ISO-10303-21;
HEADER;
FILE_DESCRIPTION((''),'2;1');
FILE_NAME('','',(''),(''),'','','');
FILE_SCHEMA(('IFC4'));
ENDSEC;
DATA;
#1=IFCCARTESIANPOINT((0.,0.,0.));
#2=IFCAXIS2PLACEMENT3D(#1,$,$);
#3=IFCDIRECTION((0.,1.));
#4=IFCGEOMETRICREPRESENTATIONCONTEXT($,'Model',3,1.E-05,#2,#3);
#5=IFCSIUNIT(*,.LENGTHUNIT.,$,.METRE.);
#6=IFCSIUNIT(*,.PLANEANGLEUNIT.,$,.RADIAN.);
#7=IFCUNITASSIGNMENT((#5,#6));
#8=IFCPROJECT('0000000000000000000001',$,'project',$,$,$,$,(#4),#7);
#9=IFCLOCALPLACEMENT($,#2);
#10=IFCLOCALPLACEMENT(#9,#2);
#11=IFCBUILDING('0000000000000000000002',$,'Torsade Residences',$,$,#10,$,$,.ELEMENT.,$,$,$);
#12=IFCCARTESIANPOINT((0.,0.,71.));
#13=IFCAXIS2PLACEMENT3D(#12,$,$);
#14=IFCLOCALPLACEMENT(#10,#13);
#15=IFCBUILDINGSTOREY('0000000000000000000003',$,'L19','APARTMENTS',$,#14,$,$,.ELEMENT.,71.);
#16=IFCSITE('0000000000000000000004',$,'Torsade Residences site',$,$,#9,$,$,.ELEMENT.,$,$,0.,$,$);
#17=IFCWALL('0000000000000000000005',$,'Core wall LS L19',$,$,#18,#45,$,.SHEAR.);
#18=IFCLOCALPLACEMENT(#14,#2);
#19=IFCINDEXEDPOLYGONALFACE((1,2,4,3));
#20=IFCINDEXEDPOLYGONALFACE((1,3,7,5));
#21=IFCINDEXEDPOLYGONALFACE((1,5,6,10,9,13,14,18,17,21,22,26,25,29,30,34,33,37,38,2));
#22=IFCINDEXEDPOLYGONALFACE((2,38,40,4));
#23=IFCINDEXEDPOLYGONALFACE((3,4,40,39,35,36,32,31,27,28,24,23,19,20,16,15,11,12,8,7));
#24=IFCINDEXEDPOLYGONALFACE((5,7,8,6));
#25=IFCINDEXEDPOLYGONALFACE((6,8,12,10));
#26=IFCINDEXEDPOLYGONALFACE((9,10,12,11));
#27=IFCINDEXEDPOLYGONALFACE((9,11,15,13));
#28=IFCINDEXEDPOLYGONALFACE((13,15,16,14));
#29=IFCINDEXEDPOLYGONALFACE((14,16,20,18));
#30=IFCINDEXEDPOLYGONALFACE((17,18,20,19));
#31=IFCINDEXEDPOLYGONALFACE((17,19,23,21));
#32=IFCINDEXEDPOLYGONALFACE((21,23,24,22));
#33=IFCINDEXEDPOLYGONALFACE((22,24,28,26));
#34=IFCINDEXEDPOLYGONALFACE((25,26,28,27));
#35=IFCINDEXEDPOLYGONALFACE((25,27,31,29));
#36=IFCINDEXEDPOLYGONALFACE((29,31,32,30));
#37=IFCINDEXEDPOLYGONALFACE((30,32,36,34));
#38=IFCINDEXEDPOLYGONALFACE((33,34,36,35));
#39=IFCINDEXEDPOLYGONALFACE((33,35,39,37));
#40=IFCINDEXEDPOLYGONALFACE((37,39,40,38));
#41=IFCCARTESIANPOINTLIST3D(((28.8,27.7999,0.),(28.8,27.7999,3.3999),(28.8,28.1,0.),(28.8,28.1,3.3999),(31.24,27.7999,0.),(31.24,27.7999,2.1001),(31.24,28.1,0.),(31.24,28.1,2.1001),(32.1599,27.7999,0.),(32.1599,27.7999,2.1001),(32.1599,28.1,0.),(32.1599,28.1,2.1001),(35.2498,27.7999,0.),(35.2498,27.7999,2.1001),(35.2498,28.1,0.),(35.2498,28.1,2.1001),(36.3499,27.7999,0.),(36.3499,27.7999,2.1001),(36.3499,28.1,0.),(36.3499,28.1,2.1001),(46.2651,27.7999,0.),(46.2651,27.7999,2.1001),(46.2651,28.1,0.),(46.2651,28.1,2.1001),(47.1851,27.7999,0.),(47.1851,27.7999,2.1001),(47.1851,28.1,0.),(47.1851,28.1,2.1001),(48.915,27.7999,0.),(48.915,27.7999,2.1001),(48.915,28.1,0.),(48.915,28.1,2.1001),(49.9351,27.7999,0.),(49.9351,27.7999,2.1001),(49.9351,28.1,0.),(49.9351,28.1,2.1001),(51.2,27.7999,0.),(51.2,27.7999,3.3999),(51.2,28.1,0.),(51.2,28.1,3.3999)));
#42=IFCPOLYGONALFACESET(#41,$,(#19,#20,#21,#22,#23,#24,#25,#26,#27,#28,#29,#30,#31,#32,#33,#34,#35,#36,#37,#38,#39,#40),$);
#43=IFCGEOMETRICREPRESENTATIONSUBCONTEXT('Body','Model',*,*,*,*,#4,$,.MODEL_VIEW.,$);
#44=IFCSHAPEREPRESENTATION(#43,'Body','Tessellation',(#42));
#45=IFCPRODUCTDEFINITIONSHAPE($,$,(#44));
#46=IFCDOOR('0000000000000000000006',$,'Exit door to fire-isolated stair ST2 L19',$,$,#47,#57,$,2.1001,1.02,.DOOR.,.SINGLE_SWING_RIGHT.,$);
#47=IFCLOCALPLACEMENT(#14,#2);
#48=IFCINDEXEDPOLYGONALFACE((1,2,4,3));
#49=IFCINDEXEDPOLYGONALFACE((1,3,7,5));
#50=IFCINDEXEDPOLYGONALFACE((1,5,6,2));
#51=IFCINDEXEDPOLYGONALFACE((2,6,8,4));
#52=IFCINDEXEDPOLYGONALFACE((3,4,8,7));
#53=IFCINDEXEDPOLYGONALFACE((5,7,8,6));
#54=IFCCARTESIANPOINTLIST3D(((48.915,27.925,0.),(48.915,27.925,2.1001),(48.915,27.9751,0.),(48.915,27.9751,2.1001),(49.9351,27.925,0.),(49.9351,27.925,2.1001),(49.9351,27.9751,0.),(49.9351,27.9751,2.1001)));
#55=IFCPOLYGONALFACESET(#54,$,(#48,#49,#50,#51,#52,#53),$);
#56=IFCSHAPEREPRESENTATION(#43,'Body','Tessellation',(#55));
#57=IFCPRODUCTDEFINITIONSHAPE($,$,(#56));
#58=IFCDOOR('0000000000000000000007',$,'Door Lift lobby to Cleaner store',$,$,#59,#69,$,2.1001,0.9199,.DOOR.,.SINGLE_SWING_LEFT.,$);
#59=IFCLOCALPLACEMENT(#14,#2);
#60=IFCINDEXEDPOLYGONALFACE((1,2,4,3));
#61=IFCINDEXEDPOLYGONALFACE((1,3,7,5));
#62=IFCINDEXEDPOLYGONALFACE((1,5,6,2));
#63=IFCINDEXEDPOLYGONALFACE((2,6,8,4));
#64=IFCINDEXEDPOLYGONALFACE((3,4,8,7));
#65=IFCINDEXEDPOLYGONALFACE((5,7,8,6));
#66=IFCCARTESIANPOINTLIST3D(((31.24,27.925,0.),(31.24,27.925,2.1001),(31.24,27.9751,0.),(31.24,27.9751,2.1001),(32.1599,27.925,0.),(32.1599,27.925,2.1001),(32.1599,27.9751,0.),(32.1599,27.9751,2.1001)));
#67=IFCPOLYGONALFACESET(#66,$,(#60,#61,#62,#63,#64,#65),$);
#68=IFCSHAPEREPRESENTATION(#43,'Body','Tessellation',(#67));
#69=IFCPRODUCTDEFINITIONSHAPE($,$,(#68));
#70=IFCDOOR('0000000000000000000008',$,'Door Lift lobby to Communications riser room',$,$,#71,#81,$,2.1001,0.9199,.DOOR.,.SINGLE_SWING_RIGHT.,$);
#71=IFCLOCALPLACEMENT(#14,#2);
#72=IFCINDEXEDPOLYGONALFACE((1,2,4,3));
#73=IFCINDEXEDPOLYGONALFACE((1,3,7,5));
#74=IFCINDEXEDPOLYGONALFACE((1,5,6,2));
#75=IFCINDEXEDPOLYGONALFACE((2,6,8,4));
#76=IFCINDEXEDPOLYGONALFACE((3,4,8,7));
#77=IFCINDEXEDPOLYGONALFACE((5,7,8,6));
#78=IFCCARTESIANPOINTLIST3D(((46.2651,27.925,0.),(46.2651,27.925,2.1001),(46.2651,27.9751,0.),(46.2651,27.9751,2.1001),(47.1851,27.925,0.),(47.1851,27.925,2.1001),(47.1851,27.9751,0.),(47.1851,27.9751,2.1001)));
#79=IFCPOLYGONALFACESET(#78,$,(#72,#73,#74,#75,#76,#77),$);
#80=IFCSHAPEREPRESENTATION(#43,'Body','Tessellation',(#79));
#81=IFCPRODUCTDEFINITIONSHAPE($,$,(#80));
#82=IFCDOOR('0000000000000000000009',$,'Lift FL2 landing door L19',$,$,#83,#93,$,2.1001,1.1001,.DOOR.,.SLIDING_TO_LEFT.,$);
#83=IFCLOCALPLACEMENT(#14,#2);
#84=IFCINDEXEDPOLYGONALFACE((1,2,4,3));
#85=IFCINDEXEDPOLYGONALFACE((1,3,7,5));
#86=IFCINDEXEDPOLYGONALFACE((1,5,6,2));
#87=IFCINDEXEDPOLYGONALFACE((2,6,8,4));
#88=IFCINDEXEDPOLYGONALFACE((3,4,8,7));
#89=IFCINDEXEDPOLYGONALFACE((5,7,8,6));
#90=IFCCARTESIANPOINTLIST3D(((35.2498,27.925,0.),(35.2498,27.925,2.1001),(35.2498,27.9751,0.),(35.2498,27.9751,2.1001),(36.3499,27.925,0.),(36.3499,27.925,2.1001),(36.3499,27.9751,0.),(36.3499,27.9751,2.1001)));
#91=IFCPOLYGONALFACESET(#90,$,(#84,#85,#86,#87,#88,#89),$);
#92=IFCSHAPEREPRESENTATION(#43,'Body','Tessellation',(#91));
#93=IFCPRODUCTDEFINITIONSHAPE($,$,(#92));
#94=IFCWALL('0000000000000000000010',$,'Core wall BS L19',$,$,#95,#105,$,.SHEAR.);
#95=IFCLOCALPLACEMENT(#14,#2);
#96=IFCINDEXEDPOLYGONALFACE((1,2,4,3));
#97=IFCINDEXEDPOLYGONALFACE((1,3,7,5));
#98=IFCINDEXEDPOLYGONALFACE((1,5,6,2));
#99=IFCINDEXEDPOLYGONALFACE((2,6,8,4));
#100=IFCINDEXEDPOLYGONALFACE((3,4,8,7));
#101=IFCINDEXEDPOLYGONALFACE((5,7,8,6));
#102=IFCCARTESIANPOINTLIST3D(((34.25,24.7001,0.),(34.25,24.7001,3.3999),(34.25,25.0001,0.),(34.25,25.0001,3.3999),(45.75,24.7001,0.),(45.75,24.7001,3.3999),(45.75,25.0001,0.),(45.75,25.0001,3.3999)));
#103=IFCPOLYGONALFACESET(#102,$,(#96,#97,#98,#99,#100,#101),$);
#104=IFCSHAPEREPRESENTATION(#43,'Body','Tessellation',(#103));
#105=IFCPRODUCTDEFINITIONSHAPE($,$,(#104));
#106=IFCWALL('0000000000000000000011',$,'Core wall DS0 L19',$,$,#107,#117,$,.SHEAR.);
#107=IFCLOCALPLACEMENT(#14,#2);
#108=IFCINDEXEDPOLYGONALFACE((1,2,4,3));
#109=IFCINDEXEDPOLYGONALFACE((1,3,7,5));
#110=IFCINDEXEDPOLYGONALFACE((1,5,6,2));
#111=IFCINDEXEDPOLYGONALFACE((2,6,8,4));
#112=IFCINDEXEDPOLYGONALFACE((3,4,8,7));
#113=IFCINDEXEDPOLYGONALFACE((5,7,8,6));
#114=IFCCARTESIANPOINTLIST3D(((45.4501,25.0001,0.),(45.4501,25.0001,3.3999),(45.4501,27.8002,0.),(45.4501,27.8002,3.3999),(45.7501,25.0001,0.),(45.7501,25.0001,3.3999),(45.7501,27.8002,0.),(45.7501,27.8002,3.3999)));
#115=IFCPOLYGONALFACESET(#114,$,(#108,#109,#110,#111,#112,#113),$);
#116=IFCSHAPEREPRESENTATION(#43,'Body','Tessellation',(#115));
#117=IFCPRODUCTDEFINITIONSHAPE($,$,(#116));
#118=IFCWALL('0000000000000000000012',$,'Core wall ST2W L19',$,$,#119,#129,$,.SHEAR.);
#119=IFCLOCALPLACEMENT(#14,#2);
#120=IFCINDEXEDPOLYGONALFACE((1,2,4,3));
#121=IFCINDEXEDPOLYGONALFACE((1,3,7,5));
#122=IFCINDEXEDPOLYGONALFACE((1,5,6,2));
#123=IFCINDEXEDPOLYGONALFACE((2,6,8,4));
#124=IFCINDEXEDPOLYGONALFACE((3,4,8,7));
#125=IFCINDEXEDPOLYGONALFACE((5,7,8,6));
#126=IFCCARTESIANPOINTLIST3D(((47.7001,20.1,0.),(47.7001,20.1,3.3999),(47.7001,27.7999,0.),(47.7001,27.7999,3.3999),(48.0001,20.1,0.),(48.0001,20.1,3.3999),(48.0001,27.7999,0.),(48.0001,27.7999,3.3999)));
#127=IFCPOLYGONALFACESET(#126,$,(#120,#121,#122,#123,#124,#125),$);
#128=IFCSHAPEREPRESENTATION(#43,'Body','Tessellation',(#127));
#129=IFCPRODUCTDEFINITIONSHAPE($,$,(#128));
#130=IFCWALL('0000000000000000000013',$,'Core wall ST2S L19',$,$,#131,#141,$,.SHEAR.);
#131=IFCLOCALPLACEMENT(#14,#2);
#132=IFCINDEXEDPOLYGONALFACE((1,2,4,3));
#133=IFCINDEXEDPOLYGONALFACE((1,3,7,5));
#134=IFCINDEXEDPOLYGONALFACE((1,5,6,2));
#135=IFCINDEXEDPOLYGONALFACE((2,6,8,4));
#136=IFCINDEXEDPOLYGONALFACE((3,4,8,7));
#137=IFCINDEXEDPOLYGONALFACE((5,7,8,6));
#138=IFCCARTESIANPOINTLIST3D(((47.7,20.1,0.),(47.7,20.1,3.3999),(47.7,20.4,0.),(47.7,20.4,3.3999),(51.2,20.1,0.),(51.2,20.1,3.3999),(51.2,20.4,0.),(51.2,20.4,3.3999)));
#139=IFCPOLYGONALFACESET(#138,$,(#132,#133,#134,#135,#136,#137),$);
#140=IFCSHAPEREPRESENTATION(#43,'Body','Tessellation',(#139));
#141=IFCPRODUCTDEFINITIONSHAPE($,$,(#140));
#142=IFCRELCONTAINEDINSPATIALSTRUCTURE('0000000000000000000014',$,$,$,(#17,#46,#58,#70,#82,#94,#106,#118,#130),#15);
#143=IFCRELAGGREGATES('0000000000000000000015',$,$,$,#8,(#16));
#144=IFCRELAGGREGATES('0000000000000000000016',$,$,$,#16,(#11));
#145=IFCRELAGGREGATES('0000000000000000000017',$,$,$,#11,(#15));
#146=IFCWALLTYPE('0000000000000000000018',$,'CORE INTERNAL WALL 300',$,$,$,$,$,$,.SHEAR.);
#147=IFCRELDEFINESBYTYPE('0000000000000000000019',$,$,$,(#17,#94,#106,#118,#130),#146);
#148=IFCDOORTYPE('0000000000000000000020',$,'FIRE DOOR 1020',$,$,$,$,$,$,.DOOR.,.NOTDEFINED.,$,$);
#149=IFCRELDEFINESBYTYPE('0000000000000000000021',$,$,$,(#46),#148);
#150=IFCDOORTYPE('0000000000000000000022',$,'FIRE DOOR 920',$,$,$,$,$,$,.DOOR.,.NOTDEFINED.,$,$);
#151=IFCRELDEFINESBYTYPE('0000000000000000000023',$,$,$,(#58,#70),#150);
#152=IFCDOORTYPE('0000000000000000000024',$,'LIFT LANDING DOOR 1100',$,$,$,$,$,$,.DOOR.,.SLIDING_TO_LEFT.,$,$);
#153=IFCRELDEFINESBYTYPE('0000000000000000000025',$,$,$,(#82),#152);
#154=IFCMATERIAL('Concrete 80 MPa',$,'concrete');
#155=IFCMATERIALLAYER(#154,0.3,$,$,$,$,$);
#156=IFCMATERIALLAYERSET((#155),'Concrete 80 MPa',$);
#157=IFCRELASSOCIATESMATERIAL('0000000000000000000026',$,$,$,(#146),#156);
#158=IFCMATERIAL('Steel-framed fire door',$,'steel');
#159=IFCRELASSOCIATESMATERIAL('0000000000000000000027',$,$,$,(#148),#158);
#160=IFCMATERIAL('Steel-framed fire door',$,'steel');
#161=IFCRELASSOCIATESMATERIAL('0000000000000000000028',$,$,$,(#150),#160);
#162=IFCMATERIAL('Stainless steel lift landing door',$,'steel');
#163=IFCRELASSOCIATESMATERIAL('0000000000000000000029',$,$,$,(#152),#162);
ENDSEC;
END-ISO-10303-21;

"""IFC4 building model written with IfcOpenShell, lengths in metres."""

from ifc_helpers import new_model, si_unit, direction, frame, frame_2d, origin, place, context, subcontext, project, spatial, rectangle, extrude, material, layer, layer_set, type_object, element, fill, save


model = new_model("IFC4")

# Units and contexts
model_context = context("Model", 3, precision=1e-05, world=origin(), true_north=direction((0.0, 1.0)))
body_context = subcontext(model_context, "Body", "Model", "MODEL_VIEW")
ifc_project = project(units=[si_unit("LENGTHUNIT", "METRE"), si_unit("PLANEANGLEUNIT", "RADIAN")], contexts=[model_context])

# Site, building, storey
site_placement = place(None, origin())
site = spatial("IfcSite", under=ifc_project, at=site_placement, Name="Torsade Residences site", CompositionType="ELEMENT", RefElevation=0.0)
building_placement = place(site_placement, origin())
building = spatial("IfcBuilding", under=site, at=building_placement, Name="Torsade Residences", CompositionType="ELEMENT")
storey_placement = place(building_placement, frame((0.0, 0.0, 71.0)))
storey = spatial("IfcBuildingStorey", under=building, at=storey_placement, Name="L19", Description="APARTMENTS", CompositionType="ELEMENT", Elevation=71.0)

# Wall, openings, doors
ifc_material_1 = material(Name="Concrete 80 MPa", Category="concrete")
ifc_layer_1 = layer(ifc_material_1, 0.3)
ifc_layer_set_1 = layer_set([ifc_layer_1], Name="Concrete 80 MPa")
wall_type_1 = type_object("IfcWallType", Name="CORE INTERNAL WALL 300", PredefinedType="SHEAR", material=ifc_layer_set_1)
wall_1_placement = place(storey_placement, frame((51.2, 27.95, 0.0), z_axis=(0.0, 0.0, 1.0), x_axis=(-1.0, 0.0, 0.0)))
wall_1 = element("IfcWall", 1, at=wall_1_placement, inside=storey, type_object=wall_type_1, Name="Core wall LS L19", PredefinedType="SHEAR", context=body_context, shape_type="SweptSolid", body=[
    extrude(rectangle(XDim=22.3999, YDim=0.3, at=frame_2d((11.2, 0.0))), origin(), (0.0, 0.0, 1.0), 3.3999),
])
opening_1_placement = place(wall_1_placement, frame((19.04, 0.0, 0.0)))
opening_1 = element("IfcOpeningElement", 2, at=opening_1_placement, cuts=wall_1, PredefinedType="OPENING", context=body_context, shape_type="SweptSolid", body=[
    extrude(rectangle(XDim=0.9199, YDim=2.1001, at=frame_2d((0.46, 1.05))), frame((0.0, 0.1599, 0.0), z_axis=(0.0, -1.0, 0.0), x_axis=(1.0, 0.0, 0.0)), (0.0, 0.0, 1.0), 0.3201),
])
opening_2_placement = place(wall_1_placement, frame((1.2649, 0.0, 0.0)))
opening_2 = element("IfcOpeningElement", 3, at=opening_2_placement, cuts=wall_1, PredefinedType="OPENING", context=body_context, shape_type="SweptSolid", body=[
    extrude(rectangle(XDim=1.02, YDim=2.1001, at=frame_2d((0.51, 1.05))), frame((0.0, 0.1599, 0.0), z_axis=(0.0, -1.0, 0.0), x_axis=(1.0, 0.0, 0.0)), (0.0, 0.0, 1.0), 0.3201),
])
opening_3_placement = place(wall_1_placement, frame((4.0149, 0.0, 0.0)))
opening_3 = element("IfcOpeningElement", 4, at=opening_3_placement, cuts=wall_1, PredefinedType="OPENING", context=body_context, shape_type="SweptSolid", body=[
    extrude(rectangle(XDim=0.9199, YDim=2.1001, at=frame_2d((0.46, 1.05))), frame((0.0, 0.1599, 0.0), z_axis=(0.0, -1.0, 0.0), x_axis=(1.0, 0.0, 0.0)), (0.0, 0.0, 1.0), 0.3201),
])
opening_4_placement = place(wall_1_placement, frame((14.8501, 0.0, 0.0)))
opening_4 = element("IfcOpeningElement", 5, at=opening_4_placement, cuts=wall_1, PredefinedType="OPENING", context=body_context, shape_type="SweptSolid", body=[
    extrude(rectangle(XDim=1.1001, YDim=2.1001, at=frame_2d((0.55, 1.05))), frame((0.0, 0.1599, 0.0), z_axis=(0.0, -1.0, 0.0), x_axis=(1.0, 0.0, 0.0)), (0.0, 0.0, 1.0), 0.3201),
])
ifc_material_2 = material(Name="Steel-framed fire door", Category="steel")
door_type_1 = type_object("IfcDoorType", Name="FIRE DOOR 1020", OperationType="NOTDEFINED", PredefinedType="DOOR", material=ifc_material_2)
door_1_placement = place(opening_2_placement, origin())
door_1 = element("IfcDoor", 6, at=door_1_placement, inside=storey, type_object=door_type_1, Name="Exit door to fire-isolated stair ST2 L19", OperationType="SINGLE_SWING_RIGHT", OverallHeight=2.1001, OverallWidth=1.02, PredefinedType="DOOR", context=body_context, shape_type="SweptSolid", body=[
    extrude(rectangle(XDim=1.02, YDim=2.1001, at=frame_2d((0.51, 1.05))), frame((0.0, 0.0249, 0.0), z_axis=(0.0, -1.0, 0.0), x_axis=(1.0, 0.0, 0.0)), (0.0, 0.0, 1.0), 0.05),
])
fill(opening_2, door_1)
ifc_material_3 = material(Name="Steel-framed fire door", Category="steel")
door_type_2 = type_object("IfcDoorType", Name="FIRE DOOR 920", OperationType="NOTDEFINED", PredefinedType="DOOR", material=ifc_material_3)
door_2_placement = place(opening_1_placement, origin())
door_2 = element("IfcDoor", 7, at=door_2_placement, inside=storey, type_object=door_type_2, Name="Door Lift lobby to Cleaner store", OperationType="SINGLE_SWING_LEFT", OverallHeight=2.1001, OverallWidth=0.9199, PredefinedType="DOOR", context=body_context, shape_type="SweptSolid", body=[
    extrude(rectangle(XDim=0.9199, YDim=2.1001, at=frame_2d((0.46, 1.05))), frame((0.0, 0.0249, 0.0), z_axis=(0.0, -1.0, 0.0), x_axis=(1.0, 0.0, 0.0)), (0.0, 0.0, 1.0), 0.05),
])
fill(opening_1, door_2)
door_3_placement = place(opening_3_placement, origin())
door_3 = element("IfcDoor", 8, at=door_3_placement, inside=storey, type_object=door_type_2, Name="Door Lift lobby to Communications riser room", OperationType="SINGLE_SWING_RIGHT", OverallHeight=2.1001, OverallWidth=0.9199, PredefinedType="DOOR", context=body_context, shape_type="SweptSolid", body=[
    extrude(rectangle(XDim=0.9199, YDim=2.1001, at=frame_2d((0.46, 1.05))), frame((0.0, 0.0249, 0.0), z_axis=(0.0, -1.0, 0.0), x_axis=(1.0, 0.0, 0.0)), (0.0, 0.0, 1.0), 0.05),
])
fill(opening_3, door_3)
ifc_material_4 = material(Name="Stainless steel lift landing door", Category="steel")
door_type_3 = type_object("IfcDoorType", Name="LIFT LANDING DOOR 1100", OperationType="SLIDING_TO_LEFT", PredefinedType="DOOR", material=ifc_material_4)
door_4_placement = place(opening_4_placement, origin())
door_4 = element("IfcDoor", 9, at=door_4_placement, inside=storey, type_object=door_type_3, Name="Lift FL2 landing door L19", OperationType="SLIDING_TO_LEFT", OverallHeight=2.1001, OverallWidth=1.1001, PredefinedType="DOOR", context=body_context, shape_type="SweptSolid", body=[
    extrude(rectangle(XDim=1.1001, YDim=2.1001, at=frame_2d((0.55, 1.05))), frame((0.0, 0.0249, 0.0), z_axis=(0.0, -1.0, 0.0), x_axis=(1.0, 0.0, 0.0)), (0.0, 0.0, 1.0), 0.05),
])
fill(opening_4, door_4)

# Walls
wall_2_placement = place(storey_placement, frame((45.75, 24.8501, 0.0), z_axis=(0.0, 0.0, 1.0), x_axis=(-1.0, 0.0, 0.0)))
element("IfcWall", 10, at=wall_2_placement, inside=storey, type_object=wall_type_1, Name="Core wall BS L19", PredefinedType="SHEAR", context=body_context, shape_type="SweptSolid", body=[
    extrude(rectangle(XDim=11.5, YDim=0.3, at=frame_2d((5.75, 0.0))), origin(), (0.0, 0.0, 1.0), 3.3999),
])
wall_3_placement = place(storey_placement, frame((45.6001, 27.8, 0.0), z_axis=(0.0, 0.0, 1.0), x_axis=(0.0, -1.0, 0.0)))
element("IfcWall", 11, at=wall_3_placement, inside=storey, type_object=wall_type_1, Name="Core wall DS0 L19", PredefinedType="SHEAR", context=body_context, shape_type="SweptSolid", body=[
    extrude(rectangle(XDim=2.8, YDim=0.3, at=frame_2d((1.3999, 0.0))), origin(), (0.0, 0.0, 1.0), 3.3999),
])
wall_4_placement = place(storey_placement, frame((47.8501, 27.8, 0.0), z_axis=(0.0, 0.0, 1.0), x_axis=(0.0, -1.0, 0.0)))
element("IfcWall", 12, at=wall_4_placement, inside=storey, type_object=wall_type_1, Name="Core wall ST2W L19", PredefinedType="SHEAR", context=body_context, shape_type="SweptSolid", body=[
    extrude(rectangle(XDim=7.7, YDim=0.3, at=frame_2d((3.8501, 0.0))), origin(), (0.0, 0.0, 1.0), 3.3999),
])
wall_5_placement = place(storey_placement, frame((51.2, 20.25, 0.0), z_axis=(0.0, 0.0, 1.0), x_axis=(-1.0, 0.0, 0.0)))
element("IfcWall", 13, at=wall_5_placement, inside=storey, type_object=wall_type_1, Name="Core wall ST2S L19", PredefinedType="SHEAR", context=body_context, shape_type="SweptSolid", body=[
    extrude(rectangle(XDim=3.5, YDim=0.3, at=frame_2d((1.75, 0.0))), origin(), (0.0, 0.0, 1.0), 3.3999),
])

save(model, "model.ifc")
